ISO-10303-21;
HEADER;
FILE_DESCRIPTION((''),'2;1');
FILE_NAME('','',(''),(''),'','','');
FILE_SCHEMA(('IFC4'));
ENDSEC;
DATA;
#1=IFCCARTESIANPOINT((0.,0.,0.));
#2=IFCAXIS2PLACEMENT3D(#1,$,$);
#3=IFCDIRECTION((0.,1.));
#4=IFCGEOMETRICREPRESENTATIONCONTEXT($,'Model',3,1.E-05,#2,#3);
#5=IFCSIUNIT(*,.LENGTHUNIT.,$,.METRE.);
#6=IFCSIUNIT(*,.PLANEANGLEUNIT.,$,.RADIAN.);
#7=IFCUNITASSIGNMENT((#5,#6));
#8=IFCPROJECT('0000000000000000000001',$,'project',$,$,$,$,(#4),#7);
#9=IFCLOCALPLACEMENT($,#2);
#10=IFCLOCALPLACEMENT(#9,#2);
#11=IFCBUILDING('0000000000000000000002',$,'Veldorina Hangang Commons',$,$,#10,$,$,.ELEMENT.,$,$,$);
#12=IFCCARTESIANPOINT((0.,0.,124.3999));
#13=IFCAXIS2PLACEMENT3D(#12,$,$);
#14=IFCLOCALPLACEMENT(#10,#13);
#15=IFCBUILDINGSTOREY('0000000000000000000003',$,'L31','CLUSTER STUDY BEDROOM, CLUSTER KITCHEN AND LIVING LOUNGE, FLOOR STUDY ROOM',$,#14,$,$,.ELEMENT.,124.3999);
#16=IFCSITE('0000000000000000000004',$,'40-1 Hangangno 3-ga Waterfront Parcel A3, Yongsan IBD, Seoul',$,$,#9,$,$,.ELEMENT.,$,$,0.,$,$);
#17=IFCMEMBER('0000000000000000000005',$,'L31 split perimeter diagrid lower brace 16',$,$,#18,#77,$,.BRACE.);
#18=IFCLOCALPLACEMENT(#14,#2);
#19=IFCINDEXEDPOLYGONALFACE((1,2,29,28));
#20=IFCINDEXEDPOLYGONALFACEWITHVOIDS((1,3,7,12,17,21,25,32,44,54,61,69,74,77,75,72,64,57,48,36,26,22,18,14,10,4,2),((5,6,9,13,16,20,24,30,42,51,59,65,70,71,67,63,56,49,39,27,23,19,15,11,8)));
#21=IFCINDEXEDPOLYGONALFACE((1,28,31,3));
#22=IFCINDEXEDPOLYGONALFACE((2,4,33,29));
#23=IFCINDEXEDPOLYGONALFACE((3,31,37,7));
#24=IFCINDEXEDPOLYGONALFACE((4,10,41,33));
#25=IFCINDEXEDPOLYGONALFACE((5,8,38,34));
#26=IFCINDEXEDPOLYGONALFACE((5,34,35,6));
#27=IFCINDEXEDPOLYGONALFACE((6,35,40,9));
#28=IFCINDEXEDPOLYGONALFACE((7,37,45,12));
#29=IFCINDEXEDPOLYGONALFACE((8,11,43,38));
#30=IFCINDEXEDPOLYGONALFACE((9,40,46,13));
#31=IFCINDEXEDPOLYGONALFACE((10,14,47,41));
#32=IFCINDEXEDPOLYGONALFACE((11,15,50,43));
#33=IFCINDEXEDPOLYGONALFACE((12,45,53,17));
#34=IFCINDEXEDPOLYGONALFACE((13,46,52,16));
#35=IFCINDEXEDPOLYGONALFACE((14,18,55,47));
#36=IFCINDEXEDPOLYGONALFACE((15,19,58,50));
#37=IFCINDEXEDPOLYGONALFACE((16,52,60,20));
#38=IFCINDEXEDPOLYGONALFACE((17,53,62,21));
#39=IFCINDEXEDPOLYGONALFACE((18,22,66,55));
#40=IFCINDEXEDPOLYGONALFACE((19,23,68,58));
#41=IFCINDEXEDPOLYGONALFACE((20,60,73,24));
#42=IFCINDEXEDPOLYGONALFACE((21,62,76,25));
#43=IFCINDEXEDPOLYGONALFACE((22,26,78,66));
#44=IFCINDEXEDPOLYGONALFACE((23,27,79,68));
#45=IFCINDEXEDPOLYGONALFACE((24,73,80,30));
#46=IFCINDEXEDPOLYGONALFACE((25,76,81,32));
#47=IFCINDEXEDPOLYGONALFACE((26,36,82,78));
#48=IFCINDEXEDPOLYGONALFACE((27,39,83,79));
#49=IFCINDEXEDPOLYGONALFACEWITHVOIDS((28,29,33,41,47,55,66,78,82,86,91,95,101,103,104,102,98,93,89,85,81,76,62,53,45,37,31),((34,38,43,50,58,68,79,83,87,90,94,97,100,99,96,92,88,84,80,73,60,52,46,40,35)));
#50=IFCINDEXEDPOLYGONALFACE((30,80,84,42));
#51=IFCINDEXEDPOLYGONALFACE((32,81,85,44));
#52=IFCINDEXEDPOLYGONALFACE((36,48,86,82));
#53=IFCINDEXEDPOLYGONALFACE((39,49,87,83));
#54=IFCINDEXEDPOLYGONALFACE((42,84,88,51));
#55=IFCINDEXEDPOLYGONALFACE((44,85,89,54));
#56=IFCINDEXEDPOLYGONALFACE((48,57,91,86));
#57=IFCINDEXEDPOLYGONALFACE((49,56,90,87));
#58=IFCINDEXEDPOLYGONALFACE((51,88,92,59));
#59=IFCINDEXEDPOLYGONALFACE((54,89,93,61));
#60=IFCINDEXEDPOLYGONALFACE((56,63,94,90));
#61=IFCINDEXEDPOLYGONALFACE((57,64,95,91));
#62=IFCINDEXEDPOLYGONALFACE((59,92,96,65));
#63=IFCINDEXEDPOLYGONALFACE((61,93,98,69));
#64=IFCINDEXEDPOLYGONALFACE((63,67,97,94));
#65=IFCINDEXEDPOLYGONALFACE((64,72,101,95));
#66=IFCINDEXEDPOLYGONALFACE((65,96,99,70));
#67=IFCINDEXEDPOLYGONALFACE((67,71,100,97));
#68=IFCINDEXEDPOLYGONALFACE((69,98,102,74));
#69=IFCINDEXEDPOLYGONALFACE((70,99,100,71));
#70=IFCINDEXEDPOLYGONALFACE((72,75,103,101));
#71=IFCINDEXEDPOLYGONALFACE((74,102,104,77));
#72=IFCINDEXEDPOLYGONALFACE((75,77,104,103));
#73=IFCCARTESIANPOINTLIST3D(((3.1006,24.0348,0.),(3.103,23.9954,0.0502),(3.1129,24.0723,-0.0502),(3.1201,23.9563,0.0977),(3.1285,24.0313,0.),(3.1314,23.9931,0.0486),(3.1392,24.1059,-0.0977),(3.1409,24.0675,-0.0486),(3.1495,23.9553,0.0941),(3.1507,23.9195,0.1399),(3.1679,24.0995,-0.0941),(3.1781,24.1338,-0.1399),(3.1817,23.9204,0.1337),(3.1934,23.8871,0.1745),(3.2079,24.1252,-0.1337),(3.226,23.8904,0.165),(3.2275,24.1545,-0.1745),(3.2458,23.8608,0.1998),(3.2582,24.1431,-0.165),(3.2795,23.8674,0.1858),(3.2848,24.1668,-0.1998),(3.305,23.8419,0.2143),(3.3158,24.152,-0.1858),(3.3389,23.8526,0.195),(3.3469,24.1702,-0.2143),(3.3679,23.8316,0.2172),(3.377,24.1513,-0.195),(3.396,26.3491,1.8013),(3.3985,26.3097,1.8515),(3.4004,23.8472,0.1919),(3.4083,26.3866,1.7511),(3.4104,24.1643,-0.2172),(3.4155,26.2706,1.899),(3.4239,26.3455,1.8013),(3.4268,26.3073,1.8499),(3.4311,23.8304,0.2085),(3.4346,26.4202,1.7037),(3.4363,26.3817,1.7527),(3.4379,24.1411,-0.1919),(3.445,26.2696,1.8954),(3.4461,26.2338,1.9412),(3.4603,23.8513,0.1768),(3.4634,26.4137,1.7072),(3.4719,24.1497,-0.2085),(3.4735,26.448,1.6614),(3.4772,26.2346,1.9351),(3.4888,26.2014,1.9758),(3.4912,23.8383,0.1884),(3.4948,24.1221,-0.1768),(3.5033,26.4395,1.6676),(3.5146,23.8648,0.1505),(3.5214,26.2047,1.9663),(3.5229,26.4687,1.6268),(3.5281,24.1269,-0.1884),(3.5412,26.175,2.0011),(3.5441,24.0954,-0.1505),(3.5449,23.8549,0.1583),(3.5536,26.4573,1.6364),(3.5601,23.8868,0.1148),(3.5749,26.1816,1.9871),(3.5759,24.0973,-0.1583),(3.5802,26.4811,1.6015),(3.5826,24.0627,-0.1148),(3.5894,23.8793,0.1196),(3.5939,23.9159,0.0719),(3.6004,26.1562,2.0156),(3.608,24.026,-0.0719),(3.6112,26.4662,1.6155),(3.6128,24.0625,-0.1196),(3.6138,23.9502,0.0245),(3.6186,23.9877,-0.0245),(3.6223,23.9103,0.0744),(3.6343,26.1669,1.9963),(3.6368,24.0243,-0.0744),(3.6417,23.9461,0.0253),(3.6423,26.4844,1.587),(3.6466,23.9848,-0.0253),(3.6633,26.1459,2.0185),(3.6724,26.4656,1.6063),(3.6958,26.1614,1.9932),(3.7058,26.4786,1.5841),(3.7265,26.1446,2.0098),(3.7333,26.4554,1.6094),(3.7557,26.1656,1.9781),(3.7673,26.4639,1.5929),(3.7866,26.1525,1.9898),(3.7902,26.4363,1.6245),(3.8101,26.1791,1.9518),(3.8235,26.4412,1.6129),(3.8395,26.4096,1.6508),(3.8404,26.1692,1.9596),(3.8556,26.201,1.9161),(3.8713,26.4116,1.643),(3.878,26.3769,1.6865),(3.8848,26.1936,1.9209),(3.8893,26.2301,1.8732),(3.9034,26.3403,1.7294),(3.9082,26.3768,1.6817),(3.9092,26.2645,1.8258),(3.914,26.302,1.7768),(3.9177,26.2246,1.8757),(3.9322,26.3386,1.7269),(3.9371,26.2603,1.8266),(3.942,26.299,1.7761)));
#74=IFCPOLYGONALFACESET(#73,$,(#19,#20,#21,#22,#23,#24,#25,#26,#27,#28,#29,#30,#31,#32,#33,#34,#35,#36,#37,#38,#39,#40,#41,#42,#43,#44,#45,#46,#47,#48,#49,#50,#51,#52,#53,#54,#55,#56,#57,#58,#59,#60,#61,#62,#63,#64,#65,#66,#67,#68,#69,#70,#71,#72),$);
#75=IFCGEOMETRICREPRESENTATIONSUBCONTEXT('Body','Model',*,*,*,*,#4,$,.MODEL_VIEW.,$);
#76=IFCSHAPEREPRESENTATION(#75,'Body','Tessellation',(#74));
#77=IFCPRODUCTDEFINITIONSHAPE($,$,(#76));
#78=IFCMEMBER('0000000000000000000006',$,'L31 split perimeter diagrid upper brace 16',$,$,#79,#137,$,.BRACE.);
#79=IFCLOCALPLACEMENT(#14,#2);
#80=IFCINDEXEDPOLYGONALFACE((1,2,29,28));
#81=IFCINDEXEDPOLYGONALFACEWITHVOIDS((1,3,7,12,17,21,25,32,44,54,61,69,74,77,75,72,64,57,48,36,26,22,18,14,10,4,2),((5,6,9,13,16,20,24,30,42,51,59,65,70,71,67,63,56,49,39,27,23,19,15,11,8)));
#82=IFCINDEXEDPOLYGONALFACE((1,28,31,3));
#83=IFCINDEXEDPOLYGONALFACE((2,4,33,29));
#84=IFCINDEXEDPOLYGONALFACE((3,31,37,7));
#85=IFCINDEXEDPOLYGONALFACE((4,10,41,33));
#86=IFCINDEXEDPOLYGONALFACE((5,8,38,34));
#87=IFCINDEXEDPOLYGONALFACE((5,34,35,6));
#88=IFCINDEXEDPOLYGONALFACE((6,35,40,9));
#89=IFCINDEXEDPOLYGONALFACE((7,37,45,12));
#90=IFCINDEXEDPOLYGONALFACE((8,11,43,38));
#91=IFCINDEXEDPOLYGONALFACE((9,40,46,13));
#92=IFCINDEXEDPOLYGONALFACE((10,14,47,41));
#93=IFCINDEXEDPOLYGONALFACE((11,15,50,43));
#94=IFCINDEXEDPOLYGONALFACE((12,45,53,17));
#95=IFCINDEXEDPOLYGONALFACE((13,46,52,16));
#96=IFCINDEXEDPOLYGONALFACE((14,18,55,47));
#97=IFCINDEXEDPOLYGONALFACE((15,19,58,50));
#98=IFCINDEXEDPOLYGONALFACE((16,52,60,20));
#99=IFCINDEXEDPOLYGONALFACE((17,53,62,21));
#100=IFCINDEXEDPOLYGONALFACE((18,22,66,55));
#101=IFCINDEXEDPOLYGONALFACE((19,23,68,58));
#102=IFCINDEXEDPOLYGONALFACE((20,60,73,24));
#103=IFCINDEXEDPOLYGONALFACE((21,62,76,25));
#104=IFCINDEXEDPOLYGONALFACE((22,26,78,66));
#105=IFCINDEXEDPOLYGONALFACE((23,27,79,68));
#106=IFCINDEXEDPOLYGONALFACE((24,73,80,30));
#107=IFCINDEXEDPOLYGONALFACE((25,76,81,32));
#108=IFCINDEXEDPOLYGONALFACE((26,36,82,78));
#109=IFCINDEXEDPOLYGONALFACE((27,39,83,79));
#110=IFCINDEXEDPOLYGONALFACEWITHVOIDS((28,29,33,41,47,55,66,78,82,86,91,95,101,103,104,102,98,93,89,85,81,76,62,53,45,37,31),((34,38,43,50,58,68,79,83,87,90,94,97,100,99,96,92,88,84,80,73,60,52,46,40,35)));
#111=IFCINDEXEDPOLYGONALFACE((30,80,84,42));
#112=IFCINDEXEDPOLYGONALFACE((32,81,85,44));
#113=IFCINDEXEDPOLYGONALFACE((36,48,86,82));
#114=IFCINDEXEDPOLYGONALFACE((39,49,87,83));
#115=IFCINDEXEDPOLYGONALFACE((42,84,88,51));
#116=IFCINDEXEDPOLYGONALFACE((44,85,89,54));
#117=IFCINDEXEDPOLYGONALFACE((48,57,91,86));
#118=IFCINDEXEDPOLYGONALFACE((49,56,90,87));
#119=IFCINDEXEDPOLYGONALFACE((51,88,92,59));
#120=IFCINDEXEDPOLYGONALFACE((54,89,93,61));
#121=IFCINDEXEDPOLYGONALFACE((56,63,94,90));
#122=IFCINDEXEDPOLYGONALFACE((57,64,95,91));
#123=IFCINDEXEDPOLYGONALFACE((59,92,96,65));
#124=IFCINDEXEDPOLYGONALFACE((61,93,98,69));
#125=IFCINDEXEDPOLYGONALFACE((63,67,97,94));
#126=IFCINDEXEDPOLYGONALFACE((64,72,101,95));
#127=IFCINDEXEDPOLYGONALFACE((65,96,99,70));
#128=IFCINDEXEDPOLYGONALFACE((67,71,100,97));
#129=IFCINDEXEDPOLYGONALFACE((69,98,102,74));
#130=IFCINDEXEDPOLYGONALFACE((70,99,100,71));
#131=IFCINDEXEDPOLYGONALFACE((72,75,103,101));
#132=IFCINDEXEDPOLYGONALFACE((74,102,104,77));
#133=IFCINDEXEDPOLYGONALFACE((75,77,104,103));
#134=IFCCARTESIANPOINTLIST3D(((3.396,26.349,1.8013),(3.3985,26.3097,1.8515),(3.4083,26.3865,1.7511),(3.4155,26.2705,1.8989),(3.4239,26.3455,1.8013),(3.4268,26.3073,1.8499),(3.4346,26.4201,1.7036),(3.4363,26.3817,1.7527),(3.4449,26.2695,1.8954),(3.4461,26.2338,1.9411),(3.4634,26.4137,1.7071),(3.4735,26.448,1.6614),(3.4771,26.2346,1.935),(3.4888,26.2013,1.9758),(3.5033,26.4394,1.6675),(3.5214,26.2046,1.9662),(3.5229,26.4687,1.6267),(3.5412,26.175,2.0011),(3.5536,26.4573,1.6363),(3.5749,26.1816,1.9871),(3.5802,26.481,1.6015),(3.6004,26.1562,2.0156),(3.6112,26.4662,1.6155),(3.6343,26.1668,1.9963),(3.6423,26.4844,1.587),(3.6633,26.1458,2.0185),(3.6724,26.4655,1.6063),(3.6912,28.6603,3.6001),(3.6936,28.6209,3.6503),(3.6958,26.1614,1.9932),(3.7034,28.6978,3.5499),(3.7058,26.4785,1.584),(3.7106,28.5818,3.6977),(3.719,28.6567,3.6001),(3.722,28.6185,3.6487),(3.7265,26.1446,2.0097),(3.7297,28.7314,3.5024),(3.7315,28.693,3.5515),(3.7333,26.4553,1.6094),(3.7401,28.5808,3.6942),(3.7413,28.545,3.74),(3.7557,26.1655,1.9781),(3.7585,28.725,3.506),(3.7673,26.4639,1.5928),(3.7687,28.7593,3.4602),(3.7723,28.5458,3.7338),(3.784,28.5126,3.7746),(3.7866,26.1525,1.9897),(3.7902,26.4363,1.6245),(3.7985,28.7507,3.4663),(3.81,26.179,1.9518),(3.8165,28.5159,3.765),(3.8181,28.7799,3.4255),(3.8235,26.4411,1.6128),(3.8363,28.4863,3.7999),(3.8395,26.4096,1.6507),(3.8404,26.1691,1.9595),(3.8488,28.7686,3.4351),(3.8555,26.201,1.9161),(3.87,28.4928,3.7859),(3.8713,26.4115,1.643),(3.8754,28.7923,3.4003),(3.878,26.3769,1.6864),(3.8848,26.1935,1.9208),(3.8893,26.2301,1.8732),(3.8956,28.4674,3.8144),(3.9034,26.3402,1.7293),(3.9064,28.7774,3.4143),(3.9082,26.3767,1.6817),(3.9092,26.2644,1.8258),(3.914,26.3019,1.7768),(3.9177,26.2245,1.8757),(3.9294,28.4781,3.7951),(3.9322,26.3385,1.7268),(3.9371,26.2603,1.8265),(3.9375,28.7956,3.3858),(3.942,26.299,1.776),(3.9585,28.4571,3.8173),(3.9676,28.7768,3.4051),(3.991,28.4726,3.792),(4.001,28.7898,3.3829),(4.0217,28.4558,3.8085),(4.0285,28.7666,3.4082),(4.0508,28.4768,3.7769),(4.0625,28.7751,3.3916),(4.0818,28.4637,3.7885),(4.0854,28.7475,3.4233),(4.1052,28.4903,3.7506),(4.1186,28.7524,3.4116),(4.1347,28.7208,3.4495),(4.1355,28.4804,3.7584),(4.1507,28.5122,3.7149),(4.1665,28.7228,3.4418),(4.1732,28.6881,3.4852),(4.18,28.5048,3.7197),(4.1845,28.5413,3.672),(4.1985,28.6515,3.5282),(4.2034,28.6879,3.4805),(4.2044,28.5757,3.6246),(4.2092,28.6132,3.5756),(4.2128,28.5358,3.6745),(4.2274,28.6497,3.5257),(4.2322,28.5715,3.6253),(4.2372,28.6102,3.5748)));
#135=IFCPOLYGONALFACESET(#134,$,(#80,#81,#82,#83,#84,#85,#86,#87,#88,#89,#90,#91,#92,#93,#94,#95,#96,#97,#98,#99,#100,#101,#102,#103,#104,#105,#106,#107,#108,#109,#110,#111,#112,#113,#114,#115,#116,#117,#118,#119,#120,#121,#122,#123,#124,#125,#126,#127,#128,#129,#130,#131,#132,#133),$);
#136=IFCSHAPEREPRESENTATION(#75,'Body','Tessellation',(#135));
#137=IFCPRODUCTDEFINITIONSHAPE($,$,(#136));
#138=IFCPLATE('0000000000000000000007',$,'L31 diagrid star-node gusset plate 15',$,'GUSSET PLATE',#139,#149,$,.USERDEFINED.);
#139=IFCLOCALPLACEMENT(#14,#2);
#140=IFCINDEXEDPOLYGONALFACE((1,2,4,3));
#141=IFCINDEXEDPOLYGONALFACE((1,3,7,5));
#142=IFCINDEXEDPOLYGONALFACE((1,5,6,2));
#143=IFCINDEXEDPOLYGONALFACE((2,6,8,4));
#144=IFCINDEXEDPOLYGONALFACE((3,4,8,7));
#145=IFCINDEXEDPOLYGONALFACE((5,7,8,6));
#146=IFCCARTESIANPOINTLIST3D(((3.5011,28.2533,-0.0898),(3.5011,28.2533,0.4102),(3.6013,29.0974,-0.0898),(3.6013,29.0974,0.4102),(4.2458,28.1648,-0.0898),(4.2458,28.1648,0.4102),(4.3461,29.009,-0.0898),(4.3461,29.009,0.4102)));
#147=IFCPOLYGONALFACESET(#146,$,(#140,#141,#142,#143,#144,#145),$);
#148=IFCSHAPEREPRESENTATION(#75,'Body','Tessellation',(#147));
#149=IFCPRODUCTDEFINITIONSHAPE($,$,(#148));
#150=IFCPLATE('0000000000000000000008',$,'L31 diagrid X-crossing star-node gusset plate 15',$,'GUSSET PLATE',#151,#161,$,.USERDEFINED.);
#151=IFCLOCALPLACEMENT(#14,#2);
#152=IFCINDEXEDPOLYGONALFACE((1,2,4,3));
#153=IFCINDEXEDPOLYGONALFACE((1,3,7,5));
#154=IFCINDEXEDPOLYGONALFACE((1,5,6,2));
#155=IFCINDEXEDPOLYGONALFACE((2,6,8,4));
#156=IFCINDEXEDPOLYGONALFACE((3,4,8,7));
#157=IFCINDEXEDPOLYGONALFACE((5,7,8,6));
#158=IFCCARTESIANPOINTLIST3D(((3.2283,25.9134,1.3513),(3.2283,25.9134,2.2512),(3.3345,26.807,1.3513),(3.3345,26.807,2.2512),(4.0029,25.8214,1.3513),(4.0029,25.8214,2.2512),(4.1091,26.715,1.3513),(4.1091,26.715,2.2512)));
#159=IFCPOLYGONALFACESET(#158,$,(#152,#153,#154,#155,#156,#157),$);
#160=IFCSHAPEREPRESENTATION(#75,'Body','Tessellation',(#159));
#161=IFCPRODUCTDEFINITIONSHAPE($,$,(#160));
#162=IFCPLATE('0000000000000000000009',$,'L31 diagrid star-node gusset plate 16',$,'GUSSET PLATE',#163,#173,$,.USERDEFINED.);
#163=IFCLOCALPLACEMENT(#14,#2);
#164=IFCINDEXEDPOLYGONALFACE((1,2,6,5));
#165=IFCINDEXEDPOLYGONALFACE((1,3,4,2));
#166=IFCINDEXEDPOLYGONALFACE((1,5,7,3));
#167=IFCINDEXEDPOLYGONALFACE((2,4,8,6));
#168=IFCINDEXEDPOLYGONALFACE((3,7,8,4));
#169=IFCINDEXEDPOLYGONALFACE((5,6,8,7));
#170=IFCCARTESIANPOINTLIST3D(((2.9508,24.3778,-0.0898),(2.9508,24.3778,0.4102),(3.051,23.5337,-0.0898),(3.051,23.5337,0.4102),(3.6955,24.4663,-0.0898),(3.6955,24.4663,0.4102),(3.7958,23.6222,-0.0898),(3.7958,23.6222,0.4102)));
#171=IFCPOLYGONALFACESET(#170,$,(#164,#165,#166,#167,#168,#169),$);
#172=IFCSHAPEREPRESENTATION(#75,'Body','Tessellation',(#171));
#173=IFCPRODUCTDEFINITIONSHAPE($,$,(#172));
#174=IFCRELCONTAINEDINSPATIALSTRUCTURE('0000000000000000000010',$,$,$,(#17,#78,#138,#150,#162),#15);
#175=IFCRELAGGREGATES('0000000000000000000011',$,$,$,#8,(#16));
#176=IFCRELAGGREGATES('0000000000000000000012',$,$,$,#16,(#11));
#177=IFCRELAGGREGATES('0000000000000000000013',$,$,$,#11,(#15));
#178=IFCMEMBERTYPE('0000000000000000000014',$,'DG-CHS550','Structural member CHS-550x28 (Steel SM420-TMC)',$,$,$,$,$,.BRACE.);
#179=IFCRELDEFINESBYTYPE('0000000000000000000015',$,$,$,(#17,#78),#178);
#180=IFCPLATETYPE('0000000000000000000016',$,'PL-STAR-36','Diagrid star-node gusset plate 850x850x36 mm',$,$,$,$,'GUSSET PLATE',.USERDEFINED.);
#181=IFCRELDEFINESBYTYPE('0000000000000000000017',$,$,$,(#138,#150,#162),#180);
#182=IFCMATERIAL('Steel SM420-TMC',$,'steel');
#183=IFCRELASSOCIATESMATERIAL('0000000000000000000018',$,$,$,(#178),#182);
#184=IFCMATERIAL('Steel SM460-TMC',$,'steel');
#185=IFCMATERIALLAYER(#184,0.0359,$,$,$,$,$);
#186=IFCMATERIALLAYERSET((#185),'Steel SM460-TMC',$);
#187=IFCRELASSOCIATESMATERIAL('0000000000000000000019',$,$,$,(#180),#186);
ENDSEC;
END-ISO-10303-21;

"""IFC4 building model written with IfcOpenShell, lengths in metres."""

from ifc_helpers import new_model, si_unit, direction, frame, origin, origin_2d, place, context, subcontext, project, spatial, rectangle, hollow_circle, extrude, material, layer, layer_set, material_profile, profile_set, type_object, element, save


model = new_model("IFC4")

# Units and contexts
model_context = context("Model", 3, precision=1e-05, world=origin(), true_north=direction((0.0, 1.0)))
body_context = subcontext(model_context, "Body", "Model", "MODEL_VIEW")
ifc_project = project(units=[si_unit("LENGTHUNIT", "METRE"), si_unit("PLANEANGLEUNIT", "RADIAN")], contexts=[model_context])

# Site, building, storey
site_placement = place(None, origin())
site = spatial("IfcSite", under=ifc_project, at=site_placement, Name="40-1 Hangangno 3-ga Waterfront Parcel A3, Yongsan IBD, Seoul", CompositionType="ELEMENT", RefElevation=0.0)
building_placement = place(site_placement, origin())
building = spatial("IfcBuilding", under=site, at=building_placement, Name="Veldorina Hangang Commons", CompositionType="ELEMENT")
storey_placement = place(building_placement, frame((0.0, 0.0, 124.3999)))
storey = spatial("IfcBuildingStorey", under=building, at=storey_placement, Name="L31", Description="CLUSTER STUDY BEDROOM, CLUSTER KITCHEN AND LIVING LOUNGE, FLOOR STUDY ROOM", CompositionType="ELEMENT", Elevation=124.3999)

# Shared definitions
ifc_material_1 = material(Name="Steel SM420-TMC", Category="steel")

# Members
ifc_material_profile_1 = material_profile(ifc_material_1, hollow_circle(Radius=0.2749, WallThickness=0.0281, at=origin_2d()), Name="CHS-550x28")
ifc_profile_set_1 = profile_set([ifc_material_profile_1], Name="Steel SM420-TMC")
member_type = type_object("IfcMemberType", Name="DG-CHS550", Description="Structural member CHS-550x28 (Steel SM420-TMC)", PredefinedType="BRACE", material=ifc_profile_set_1)
member_1_placement = place(storey_placement, frame((3.3733, 24.0, 0.0), z_axis=(0.100226, 0.785159, 0.61113), x_axis=(-0.991951, 0.126623, 0.0)))
element("IfcMember", 1, at=member_1_placement, inside=storey, type_object=member_type, Name="L31 split perimeter diagrid lower brace 16", PredefinedType="BRACE", context=body_context, shape_type="SweptSolid", body=[
    extrude(hollow_circle(Radius=0.2749, WallThickness=0.0281, at=origin_2d()), origin(), (0.0, 0.0, 1.0), 2.9475),
])
member_2_placement = place(storey_placement, frame((3.6687, 26.3142, 1.8013), z_axis=(0.100273, 0.785182, 0.611093), x_axis=(-0.991944, 0.126678, 0.0)))
element("IfcMember", 2, at=member_2_placement, inside=storey, type_object=member_type, Name="L31 split perimeter diagrid upper brace 16", PredefinedType="BRACE", context=body_context, shape_type="SweptSolid", body=[
    extrude(hollow_circle(Radius=0.2749, WallThickness=0.0281, at=origin_2d()), origin(), (0.0, 0.0, 1.0), 2.9436),
])

# Plates
ifc_material_2 = material(Name="Steel SM460-TMC", Category="steel")
ifc_layer_1 = layer(ifc_material_2, 0.0359)
ifc_layer_set_1 = layer_set([ifc_layer_1], Name="Steel SM460-TMC")
plate_type = type_object("IfcPlateType", Name="PL-STAR-36", Description="Diagrid star-node gusset plate 850x850x36 mm", ElementType="GUSSET PLATE", PredefinedType="USERDEFINED", material=ifc_layer_set_1)
plate_1_placement = place(storey_placement, frame((3.9236, 28.6311, -0.0898), z_axis=(0.0, 0.0, 1.0), x_axis=(-0.117953, -0.993019, 0.0)))
element("IfcPlate", 3, at=plate_1_placement, inside=storey, type_object=plate_type, Name="L31 diagrid star-node gusset plate 15", ObjectType="GUSSET PLATE", PredefinedType="USERDEFINED", context=body_context, shape_type="SweptSolid", body=[
    extrude(rectangle(XDim=0.8501, YDim=0.75, at=origin_2d()), origin(), (0.0, 0.0, 1.0), 0.5),
])
plate_2_placement = place(storey_placement, frame((3.6687, 26.3142, 1.3513), z_axis=(0.0, 0.0, 1.0), x_axis=(-0.117953, -0.993019, 0.0)))
element("IfcPlate", 4, at=plate_2_placement, inside=storey, type_object=plate_type, Name="L31 diagrid X-crossing star-node gusset plate 15", ObjectType="GUSSET PLATE", PredefinedType="USERDEFINED", context=body_context, shape_type="SweptSolid", body=[
    extrude(rectangle(XDim=0.8999, YDim=0.78, at=origin_2d()), origin(), (0.0, 0.0, 1.0), 0.8999),
])
plate_3_placement = place(storey_placement, frame((3.3733, 24.0, -0.0898), z_axis=(0.0, 0.0, 1.0), x_axis=(0.117953, -0.993019, 0.0)))
element("IfcPlate", 5, at=plate_3_placement, inside=storey, type_object=plate_type, Name="L31 diagrid star-node gusset plate 16", ObjectType="GUSSET PLATE", PredefinedType="USERDEFINED", context=body_context, shape_type="SweptSolid", body=[
    extrude(rectangle(XDim=0.8501, YDim=0.75, at=origin_2d()), origin(), (0.0, 0.0, 1.0), 0.5),
])

save(model, "model.ifc")
